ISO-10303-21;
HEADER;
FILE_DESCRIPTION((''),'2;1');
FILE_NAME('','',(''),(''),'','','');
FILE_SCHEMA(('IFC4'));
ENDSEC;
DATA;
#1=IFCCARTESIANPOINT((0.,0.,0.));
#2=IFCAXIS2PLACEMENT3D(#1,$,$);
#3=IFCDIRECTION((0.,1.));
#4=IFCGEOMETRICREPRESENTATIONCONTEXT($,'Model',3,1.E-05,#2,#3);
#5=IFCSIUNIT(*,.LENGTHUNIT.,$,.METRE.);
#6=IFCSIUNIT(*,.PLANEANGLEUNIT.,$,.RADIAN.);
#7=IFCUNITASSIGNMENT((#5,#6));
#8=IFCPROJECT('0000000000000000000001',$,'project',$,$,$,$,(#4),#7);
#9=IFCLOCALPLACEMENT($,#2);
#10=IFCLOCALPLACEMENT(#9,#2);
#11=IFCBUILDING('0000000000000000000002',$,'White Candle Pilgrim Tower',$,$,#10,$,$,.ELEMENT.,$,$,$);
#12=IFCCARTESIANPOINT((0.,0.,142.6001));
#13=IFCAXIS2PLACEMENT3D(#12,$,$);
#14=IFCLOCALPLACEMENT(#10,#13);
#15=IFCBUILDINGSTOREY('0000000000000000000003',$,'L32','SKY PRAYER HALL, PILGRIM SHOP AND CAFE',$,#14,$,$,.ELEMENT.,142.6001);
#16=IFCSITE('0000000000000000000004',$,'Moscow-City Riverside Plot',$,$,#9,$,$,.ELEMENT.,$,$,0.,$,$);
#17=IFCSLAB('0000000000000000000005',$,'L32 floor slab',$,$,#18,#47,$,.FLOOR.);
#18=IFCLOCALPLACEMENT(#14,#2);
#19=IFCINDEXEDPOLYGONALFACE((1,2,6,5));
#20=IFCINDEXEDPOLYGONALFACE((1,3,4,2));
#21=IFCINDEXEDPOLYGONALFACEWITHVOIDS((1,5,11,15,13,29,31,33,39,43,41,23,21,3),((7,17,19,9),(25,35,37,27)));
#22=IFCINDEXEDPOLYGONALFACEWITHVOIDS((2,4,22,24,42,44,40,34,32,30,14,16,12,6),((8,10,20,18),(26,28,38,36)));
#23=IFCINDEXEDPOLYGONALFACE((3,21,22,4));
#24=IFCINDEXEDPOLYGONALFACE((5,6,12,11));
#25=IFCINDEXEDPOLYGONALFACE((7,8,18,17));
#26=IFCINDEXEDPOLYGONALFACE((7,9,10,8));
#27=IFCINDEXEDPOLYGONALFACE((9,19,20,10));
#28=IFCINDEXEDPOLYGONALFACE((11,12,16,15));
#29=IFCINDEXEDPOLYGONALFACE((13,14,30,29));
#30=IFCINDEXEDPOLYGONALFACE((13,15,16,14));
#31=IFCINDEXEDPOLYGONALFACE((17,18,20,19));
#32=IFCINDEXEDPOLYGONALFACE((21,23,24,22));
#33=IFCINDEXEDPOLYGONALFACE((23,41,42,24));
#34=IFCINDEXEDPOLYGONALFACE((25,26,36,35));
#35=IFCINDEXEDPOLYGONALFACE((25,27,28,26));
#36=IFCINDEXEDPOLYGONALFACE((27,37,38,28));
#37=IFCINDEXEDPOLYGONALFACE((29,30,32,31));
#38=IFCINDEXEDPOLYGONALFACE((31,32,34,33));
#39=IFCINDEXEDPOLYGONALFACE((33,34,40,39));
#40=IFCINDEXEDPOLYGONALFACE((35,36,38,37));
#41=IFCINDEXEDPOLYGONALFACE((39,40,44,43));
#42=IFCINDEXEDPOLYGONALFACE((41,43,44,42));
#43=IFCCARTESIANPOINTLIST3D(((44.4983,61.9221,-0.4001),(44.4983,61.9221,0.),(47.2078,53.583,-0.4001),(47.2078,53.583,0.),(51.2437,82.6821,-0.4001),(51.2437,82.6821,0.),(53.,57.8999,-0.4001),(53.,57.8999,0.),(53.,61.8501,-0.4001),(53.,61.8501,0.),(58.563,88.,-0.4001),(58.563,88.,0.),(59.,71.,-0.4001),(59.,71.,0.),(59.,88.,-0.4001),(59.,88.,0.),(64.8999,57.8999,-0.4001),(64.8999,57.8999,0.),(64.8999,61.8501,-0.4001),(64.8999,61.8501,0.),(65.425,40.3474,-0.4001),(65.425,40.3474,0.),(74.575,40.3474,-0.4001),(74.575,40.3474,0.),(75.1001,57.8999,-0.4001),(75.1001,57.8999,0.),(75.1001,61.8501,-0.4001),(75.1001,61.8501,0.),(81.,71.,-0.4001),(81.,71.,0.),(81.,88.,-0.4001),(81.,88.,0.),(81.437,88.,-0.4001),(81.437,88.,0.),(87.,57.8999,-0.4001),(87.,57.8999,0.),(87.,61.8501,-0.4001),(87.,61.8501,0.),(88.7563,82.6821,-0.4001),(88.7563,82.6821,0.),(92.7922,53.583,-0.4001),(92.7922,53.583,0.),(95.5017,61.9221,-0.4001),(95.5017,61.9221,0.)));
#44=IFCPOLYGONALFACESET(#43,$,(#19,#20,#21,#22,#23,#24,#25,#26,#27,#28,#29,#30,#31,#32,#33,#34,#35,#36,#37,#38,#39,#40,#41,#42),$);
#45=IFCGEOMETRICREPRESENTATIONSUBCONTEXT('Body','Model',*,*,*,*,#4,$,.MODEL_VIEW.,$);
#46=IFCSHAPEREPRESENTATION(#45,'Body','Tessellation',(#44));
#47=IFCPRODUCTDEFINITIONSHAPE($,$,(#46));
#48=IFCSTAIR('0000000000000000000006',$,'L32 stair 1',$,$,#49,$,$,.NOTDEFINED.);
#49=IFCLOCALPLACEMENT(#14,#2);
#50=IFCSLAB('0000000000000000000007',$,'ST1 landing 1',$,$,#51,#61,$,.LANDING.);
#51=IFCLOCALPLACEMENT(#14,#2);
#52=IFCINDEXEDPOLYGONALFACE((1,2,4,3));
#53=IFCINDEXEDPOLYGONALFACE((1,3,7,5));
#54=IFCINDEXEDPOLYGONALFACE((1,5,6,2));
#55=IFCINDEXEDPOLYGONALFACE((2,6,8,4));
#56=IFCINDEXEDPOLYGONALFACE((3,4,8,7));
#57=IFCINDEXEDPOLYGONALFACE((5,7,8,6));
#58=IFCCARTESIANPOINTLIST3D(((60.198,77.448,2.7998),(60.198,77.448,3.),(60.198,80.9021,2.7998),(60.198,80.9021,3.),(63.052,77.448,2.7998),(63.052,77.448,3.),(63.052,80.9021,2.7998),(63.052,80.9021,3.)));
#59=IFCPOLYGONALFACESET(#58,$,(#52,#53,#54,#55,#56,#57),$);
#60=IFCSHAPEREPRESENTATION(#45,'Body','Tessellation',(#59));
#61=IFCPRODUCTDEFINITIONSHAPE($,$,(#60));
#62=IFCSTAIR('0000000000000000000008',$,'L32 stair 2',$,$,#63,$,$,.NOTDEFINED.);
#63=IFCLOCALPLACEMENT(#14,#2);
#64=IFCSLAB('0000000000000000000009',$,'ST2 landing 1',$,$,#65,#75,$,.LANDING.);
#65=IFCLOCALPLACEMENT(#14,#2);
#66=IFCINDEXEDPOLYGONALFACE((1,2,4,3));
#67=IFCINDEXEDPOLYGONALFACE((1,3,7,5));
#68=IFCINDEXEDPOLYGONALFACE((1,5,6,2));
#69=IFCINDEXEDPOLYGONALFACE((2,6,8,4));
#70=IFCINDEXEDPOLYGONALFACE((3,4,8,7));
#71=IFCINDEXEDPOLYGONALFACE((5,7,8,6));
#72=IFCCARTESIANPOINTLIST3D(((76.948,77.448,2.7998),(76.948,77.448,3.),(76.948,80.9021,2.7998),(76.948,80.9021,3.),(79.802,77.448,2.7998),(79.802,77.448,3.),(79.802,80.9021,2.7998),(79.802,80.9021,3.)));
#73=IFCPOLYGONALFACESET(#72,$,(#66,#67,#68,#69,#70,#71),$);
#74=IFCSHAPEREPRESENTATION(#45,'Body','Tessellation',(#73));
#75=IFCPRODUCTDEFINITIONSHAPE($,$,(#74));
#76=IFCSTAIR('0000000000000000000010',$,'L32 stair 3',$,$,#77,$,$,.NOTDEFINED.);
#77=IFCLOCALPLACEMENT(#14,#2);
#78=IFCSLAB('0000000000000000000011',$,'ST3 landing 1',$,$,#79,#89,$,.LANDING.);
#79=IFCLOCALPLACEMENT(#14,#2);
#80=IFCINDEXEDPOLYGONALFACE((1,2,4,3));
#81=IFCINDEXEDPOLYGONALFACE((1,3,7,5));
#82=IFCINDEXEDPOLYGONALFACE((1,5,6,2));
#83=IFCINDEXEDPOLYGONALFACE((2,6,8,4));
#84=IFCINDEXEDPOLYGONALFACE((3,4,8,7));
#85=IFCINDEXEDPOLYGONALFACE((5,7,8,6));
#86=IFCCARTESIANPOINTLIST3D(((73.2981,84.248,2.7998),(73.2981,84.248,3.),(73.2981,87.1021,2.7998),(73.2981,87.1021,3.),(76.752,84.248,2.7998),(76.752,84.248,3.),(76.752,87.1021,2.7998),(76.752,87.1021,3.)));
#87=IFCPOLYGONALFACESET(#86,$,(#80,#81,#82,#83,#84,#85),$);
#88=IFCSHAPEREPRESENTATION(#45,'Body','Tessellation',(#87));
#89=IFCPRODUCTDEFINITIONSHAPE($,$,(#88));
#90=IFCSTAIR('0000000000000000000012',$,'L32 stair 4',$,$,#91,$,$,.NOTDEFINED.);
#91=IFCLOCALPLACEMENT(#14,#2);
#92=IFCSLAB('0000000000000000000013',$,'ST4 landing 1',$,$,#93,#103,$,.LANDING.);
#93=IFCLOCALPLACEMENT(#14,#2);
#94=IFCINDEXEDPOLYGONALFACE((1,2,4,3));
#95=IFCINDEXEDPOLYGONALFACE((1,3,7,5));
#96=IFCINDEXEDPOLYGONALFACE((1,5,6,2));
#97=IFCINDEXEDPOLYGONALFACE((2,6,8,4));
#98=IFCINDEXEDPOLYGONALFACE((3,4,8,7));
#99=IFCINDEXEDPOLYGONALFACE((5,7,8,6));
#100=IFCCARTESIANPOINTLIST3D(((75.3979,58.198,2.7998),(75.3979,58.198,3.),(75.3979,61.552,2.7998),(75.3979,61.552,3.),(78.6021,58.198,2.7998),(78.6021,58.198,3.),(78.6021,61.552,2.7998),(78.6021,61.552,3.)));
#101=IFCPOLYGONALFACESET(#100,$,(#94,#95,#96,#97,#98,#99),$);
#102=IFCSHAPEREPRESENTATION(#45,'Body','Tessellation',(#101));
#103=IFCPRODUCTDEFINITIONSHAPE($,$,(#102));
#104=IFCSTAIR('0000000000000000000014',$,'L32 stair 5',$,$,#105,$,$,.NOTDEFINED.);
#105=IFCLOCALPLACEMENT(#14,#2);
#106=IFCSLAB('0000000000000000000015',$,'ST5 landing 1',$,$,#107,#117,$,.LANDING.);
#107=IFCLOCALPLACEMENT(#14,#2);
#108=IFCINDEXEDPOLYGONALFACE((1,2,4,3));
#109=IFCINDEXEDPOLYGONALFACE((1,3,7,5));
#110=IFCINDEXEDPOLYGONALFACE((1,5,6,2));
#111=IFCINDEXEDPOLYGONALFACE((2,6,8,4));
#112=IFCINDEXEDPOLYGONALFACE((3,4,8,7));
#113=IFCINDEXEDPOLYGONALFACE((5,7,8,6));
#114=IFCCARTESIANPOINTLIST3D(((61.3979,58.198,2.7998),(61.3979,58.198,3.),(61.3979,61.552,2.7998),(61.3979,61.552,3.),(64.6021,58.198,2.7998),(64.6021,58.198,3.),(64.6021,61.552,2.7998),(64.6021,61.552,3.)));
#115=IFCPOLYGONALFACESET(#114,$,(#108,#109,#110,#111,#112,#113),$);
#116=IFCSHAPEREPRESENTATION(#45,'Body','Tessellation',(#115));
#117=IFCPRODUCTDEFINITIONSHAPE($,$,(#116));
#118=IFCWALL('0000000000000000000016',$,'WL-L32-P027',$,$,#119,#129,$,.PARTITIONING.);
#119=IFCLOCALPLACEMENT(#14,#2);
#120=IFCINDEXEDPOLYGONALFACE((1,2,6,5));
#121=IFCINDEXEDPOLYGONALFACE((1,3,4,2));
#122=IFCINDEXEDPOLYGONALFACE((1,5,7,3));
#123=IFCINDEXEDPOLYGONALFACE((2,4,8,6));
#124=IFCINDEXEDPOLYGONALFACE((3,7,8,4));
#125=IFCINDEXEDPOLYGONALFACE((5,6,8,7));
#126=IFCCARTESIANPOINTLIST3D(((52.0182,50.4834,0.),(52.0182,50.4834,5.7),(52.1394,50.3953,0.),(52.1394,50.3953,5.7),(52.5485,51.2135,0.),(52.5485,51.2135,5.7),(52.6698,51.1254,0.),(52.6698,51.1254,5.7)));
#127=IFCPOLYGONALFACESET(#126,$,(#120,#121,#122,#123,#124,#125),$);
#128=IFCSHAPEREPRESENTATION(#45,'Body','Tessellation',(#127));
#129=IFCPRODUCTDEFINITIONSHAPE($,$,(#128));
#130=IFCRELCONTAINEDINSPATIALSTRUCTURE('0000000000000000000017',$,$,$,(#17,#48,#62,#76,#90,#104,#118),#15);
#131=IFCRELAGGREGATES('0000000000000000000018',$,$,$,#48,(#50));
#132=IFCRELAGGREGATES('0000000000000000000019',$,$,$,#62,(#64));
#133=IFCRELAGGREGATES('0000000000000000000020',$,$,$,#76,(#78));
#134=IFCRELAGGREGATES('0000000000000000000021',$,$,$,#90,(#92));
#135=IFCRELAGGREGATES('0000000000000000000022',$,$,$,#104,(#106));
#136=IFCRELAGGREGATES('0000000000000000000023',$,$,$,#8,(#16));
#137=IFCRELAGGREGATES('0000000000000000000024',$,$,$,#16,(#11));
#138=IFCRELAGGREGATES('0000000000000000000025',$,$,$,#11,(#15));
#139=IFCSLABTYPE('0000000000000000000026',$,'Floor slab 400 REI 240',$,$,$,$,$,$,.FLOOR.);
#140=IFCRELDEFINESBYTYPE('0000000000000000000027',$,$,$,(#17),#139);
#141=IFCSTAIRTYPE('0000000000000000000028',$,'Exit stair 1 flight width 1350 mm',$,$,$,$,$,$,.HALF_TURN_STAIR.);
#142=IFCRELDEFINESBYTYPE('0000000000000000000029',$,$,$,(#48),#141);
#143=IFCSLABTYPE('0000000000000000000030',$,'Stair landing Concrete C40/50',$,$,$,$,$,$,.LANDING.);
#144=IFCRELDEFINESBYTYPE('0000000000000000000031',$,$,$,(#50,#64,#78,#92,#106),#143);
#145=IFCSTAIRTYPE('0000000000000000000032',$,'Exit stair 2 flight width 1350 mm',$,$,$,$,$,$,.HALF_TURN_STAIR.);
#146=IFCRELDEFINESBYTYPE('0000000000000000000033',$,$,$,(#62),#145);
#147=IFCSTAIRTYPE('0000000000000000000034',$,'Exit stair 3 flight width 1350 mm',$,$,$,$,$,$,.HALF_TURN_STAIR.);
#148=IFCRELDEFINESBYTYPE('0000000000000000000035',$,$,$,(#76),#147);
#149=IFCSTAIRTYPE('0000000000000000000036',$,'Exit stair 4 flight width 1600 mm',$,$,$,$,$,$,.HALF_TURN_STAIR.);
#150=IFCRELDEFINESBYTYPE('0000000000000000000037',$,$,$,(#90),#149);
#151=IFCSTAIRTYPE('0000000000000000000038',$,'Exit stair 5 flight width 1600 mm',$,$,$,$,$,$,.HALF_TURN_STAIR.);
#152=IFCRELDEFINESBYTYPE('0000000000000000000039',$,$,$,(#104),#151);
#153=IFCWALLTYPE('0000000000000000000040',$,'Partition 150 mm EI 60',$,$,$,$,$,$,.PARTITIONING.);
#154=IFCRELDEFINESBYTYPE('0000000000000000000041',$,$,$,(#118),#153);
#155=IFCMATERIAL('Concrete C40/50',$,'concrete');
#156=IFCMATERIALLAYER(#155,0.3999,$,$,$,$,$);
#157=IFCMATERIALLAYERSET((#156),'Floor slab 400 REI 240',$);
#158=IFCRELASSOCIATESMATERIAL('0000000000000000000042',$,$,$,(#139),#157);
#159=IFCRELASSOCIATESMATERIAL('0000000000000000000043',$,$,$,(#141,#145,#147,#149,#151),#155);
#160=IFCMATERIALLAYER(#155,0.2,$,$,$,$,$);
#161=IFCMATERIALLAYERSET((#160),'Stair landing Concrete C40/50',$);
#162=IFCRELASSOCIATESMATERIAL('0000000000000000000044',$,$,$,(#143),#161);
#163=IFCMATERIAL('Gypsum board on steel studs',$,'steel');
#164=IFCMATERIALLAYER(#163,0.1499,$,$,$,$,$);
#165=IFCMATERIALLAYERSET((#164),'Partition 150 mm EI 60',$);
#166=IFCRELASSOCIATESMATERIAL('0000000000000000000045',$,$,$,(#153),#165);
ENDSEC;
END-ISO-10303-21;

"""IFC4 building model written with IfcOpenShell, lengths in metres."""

from ifc_helpers import new_model, si_unit, direction, frame, frame_2d, origin, place, context, subcontext, project, spatial, polyline, rectangle, outline, extrude, material, layer, layer_set, type_object, element, aggregate, save


model = new_model("IFC4")

# Units and contexts
model_context = context("Model", 3, precision=1e-05, world=origin(), true_north=direction((0.0, 1.0)))
body_context = subcontext(model_context, "Body", "Model", "MODEL_VIEW")
ifc_project = project(units=[si_unit("LENGTHUNIT", "METRE"), si_unit("PLANEANGLEUNIT", "RADIAN")], contexts=[model_context])

# Site, building, storey
site_placement = place(None, origin())
site = spatial("IfcSite", under=ifc_project, at=site_placement, Name="Moscow-City Riverside Plot", CompositionType="ELEMENT", RefElevation=0.0)
building_placement = place(site_placement, origin())
building = spatial("IfcBuilding", under=site, at=building_placement, Name="White Candle Pilgrim Tower", CompositionType="ELEMENT")
storey_placement = place(building_placement, frame((0.0, 0.0, 142.6001)))
storey = spatial("IfcBuildingStorey", under=building, at=storey_placement, Name="L32", Description="SKY PRAYER HALL, PILGRIM SHOP AND CAFE", CompositionType="ELEMENT", Elevation=142.6001)

# Slab
ifc_material_1 = material(Name="Concrete C40/50", Category="concrete")
ifc_layer_1 = layer(ifc_material_1, 0.3999)
ifc_layer_set_1 = layer_set([ifc_layer_1], Name="Floor slab 400 REI 240")
slab_type_1 = type_object("IfcSlabType", Name="Floor slab 400 REI 240", PredefinedType="FLOOR", material=ifc_layer_set_1)
slab_1_placement = place(storey_placement, frame((0.0, 0.0, -0.4001)))
element("IfcSlab", 1, at=slab_1_placement, inside=storey, type_object=slab_type_1, Name="L32 floor slab", PredefinedType="FLOOR", context=body_context, shape_type="SweptSolid", body=[
    extrude(outline(polyline([(65.425, 40.3474), (74.575, 40.3474), (92.7922, 53.583), (95.5017, 61.9221), (88.7563, 82.6821), (81.437, 88.0), (81.0, 88.0), (81.0, 71.0), (59.0, 71.0), (59.0, 88.0), (58.563, 88.0), (51.2437, 82.6821), (44.4983, 61.9221), (47.2078, 53.583), (65.425, 40.3474)]), holes=[polyline([(53.0, 57.8999), (53.0, 61.8501), (64.8999, 61.8501), (64.8999, 57.8999), (53.0, 57.8999)]), polyline([(75.1001, 57.8999), (75.1001, 61.8501), (87.0, 61.8501), (87.0, 57.8999), (75.1001, 57.8999)])]), origin(), (0.0, 0.0, 1.0), 0.4001),
])

# Stairs, slabs
stair_type_1 = type_object("IfcStairType", Name="Exit stair 1 flight width 1350 mm", PredefinedType="HALF_TURN_STAIR", material=ifc_material_1)
stair_1_placement = place(storey_placement, origin())
stair_1 = element("IfcStair", 2, at=stair_1_placement, inside=storey, type_object=stair_type_1, Name="L32 stair 1", PredefinedType="NOTDEFINED")
ifc_layer_2 = layer(ifc_material_1, 0.2)
ifc_layer_set_2 = layer_set([ifc_layer_2], Name="Stair landing Concrete C40/50")
slab_type_2 = type_object("IfcSlabType", Name="Stair landing Concrete C40/50", PredefinedType="LANDING", material=ifc_layer_set_2)
slab_2_placement = place(storey_placement, frame((0.0, 0.0, 2.7998)))
slab_2 = element("IfcSlab", 3, at=slab_2_placement, type_object=slab_type_2, Name="ST1 landing 1", PredefinedType="LANDING", context=body_context, shape_type="SweptSolid", body=[
    extrude(outline(polyline([(63.052, 77.448), (60.198, 77.448), (60.198, 80.9021), (63.052, 80.9021), (63.052, 77.448)])), origin(), (0.0, 0.0, 1.0), 0.2002),
])
aggregate(stair_1, [slab_2])
stair_type_2 = type_object("IfcStairType", Name="Exit stair 2 flight width 1350 mm", PredefinedType="HALF_TURN_STAIR", material=ifc_material_1)
stair_2_placement = place(storey_placement, origin())
stair_2 = element("IfcStair", 4, at=stair_2_placement, inside=storey, type_object=stair_type_2, Name="L32 stair 2", PredefinedType="NOTDEFINED")
slab_3_placement = place(storey_placement, frame((0.0, 0.0, 2.7998)))
slab_3 = element("IfcSlab", 5, at=slab_3_placement, type_object=slab_type_2, Name="ST2 landing 1", PredefinedType="LANDING", context=body_context, shape_type="SweptSolid", body=[
    extrude(outline(polyline([(79.802, 77.448), (76.948, 77.448), (76.948, 80.9021), (79.802, 80.9021), (79.802, 77.448)])), origin(), (0.0, 0.0, 1.0), 0.2002),
])
aggregate(stair_2, [slab_3])
stair_type_3 = type_object("IfcStairType", Name="Exit stair 3 flight width 1350 mm", PredefinedType="HALF_TURN_STAIR", material=ifc_material_1)
stair_3_placement = place(storey_placement, origin())
stair_3 = element("IfcStair", 6, at=stair_3_placement, inside=storey, type_object=stair_type_3, Name="L32 stair 3", PredefinedType="NOTDEFINED")
slab_4_placement = place(storey_placement, frame((0.0, 0.0, 2.7998)))
slab_4 = element("IfcSlab", 7, at=slab_4_placement, type_object=slab_type_2, Name="ST3 landing 1", PredefinedType="LANDING", context=body_context, shape_type="SweptSolid", body=[
    extrude(outline(polyline([(73.2981, 84.248), (73.2981, 87.1021), (76.752, 87.1021), (76.752, 84.248), (73.2981, 84.248)])), origin(), (0.0, 0.0, 1.0), 0.2002),
])
aggregate(stair_3, [slab_4])
stair_type_4 = type_object("IfcStairType", Name="Exit stair 4 flight width 1600 mm", PredefinedType="HALF_TURN_STAIR", material=ifc_material_1)
stair_4_placement = place(storey_placement, origin())
stair_4 = element("IfcStair", 8, at=stair_4_placement, inside=storey, type_object=stair_type_4, Name="L32 stair 4", PredefinedType="NOTDEFINED")
slab_5_placement = place(storey_placement, frame((0.0, 0.0, 2.7998)))
slab_5 = element("IfcSlab", 9, at=slab_5_placement, type_object=slab_type_2, Name="ST4 landing 1", PredefinedType="LANDING", context=body_context, shape_type="SweptSolid", body=[
    extrude(outline(polyline([(78.6021, 61.552), (78.6021, 58.198), (75.3979, 58.198), (75.3979, 61.552), (78.6021, 61.552)])), origin(), (0.0, 0.0, 1.0), 0.2002),
])
aggregate(stair_4, [slab_5])
stair_type_5 = type_object("IfcStairType", Name="Exit stair 5 flight width 1600 mm", PredefinedType="HALF_TURN_STAIR", material=ifc_material_1)
stair_5_placement = place(storey_placement, origin())
stair_5 = element("IfcStair", 10, at=stair_5_placement, inside=storey, type_object=stair_type_5, Name="L32 stair 5", PredefinedType="NOTDEFINED")
slab_6_placement = place(storey_placement, frame((0.0, 0.0, 2.7998)))
slab_6 = element("IfcSlab", 11, at=slab_6_placement, type_object=slab_type_2, Name="ST5 landing 1", PredefinedType="LANDING", context=body_context, shape_type="SweptSolid", body=[
    extrude(outline(polyline([(61.3979, 58.198), (61.3979, 61.552), (64.6021, 61.552), (64.6021, 58.198), (61.3979, 58.198)])), origin(), (0.0, 0.0, 1.0), 0.2002),
])
aggregate(stair_5, [slab_6])

# Wall
ifc_material_2 = material(Name="Gypsum board on steel studs", Category="steel")
ifc_layer_3 = layer(ifc_material_2, 0.1499)
ifc_layer_set_3 = layer_set([ifc_layer_3], Name="Partition 150 mm EI 60")
wall_type = type_object("IfcWallType", Name="Partition 150 mm EI 60", PredefinedType="PARTITIONING", material=ifc_layer_set_3)
wall_placement = place(storey_placement, frame((52.6091, 51.1694, 0.0), z_axis=(0.0, 0.0, 1.0), x_axis=(-0.587721, -0.809064, 0.0)))
element("IfcWall", 12, at=wall_placement, inside=storey, type_object=wall_type, Name="WL-L32-P027", PredefinedType="PARTITIONING", context=body_context, shape_type="SweptSolid", body=[
    extrude(rectangle(XDim=0.9023, YDim=0.1499, at=frame_2d((0.4512, 0.0))), origin(), (0.0, 0.0, 1.0), 5.7),
])

save(model, "model.ifc")
